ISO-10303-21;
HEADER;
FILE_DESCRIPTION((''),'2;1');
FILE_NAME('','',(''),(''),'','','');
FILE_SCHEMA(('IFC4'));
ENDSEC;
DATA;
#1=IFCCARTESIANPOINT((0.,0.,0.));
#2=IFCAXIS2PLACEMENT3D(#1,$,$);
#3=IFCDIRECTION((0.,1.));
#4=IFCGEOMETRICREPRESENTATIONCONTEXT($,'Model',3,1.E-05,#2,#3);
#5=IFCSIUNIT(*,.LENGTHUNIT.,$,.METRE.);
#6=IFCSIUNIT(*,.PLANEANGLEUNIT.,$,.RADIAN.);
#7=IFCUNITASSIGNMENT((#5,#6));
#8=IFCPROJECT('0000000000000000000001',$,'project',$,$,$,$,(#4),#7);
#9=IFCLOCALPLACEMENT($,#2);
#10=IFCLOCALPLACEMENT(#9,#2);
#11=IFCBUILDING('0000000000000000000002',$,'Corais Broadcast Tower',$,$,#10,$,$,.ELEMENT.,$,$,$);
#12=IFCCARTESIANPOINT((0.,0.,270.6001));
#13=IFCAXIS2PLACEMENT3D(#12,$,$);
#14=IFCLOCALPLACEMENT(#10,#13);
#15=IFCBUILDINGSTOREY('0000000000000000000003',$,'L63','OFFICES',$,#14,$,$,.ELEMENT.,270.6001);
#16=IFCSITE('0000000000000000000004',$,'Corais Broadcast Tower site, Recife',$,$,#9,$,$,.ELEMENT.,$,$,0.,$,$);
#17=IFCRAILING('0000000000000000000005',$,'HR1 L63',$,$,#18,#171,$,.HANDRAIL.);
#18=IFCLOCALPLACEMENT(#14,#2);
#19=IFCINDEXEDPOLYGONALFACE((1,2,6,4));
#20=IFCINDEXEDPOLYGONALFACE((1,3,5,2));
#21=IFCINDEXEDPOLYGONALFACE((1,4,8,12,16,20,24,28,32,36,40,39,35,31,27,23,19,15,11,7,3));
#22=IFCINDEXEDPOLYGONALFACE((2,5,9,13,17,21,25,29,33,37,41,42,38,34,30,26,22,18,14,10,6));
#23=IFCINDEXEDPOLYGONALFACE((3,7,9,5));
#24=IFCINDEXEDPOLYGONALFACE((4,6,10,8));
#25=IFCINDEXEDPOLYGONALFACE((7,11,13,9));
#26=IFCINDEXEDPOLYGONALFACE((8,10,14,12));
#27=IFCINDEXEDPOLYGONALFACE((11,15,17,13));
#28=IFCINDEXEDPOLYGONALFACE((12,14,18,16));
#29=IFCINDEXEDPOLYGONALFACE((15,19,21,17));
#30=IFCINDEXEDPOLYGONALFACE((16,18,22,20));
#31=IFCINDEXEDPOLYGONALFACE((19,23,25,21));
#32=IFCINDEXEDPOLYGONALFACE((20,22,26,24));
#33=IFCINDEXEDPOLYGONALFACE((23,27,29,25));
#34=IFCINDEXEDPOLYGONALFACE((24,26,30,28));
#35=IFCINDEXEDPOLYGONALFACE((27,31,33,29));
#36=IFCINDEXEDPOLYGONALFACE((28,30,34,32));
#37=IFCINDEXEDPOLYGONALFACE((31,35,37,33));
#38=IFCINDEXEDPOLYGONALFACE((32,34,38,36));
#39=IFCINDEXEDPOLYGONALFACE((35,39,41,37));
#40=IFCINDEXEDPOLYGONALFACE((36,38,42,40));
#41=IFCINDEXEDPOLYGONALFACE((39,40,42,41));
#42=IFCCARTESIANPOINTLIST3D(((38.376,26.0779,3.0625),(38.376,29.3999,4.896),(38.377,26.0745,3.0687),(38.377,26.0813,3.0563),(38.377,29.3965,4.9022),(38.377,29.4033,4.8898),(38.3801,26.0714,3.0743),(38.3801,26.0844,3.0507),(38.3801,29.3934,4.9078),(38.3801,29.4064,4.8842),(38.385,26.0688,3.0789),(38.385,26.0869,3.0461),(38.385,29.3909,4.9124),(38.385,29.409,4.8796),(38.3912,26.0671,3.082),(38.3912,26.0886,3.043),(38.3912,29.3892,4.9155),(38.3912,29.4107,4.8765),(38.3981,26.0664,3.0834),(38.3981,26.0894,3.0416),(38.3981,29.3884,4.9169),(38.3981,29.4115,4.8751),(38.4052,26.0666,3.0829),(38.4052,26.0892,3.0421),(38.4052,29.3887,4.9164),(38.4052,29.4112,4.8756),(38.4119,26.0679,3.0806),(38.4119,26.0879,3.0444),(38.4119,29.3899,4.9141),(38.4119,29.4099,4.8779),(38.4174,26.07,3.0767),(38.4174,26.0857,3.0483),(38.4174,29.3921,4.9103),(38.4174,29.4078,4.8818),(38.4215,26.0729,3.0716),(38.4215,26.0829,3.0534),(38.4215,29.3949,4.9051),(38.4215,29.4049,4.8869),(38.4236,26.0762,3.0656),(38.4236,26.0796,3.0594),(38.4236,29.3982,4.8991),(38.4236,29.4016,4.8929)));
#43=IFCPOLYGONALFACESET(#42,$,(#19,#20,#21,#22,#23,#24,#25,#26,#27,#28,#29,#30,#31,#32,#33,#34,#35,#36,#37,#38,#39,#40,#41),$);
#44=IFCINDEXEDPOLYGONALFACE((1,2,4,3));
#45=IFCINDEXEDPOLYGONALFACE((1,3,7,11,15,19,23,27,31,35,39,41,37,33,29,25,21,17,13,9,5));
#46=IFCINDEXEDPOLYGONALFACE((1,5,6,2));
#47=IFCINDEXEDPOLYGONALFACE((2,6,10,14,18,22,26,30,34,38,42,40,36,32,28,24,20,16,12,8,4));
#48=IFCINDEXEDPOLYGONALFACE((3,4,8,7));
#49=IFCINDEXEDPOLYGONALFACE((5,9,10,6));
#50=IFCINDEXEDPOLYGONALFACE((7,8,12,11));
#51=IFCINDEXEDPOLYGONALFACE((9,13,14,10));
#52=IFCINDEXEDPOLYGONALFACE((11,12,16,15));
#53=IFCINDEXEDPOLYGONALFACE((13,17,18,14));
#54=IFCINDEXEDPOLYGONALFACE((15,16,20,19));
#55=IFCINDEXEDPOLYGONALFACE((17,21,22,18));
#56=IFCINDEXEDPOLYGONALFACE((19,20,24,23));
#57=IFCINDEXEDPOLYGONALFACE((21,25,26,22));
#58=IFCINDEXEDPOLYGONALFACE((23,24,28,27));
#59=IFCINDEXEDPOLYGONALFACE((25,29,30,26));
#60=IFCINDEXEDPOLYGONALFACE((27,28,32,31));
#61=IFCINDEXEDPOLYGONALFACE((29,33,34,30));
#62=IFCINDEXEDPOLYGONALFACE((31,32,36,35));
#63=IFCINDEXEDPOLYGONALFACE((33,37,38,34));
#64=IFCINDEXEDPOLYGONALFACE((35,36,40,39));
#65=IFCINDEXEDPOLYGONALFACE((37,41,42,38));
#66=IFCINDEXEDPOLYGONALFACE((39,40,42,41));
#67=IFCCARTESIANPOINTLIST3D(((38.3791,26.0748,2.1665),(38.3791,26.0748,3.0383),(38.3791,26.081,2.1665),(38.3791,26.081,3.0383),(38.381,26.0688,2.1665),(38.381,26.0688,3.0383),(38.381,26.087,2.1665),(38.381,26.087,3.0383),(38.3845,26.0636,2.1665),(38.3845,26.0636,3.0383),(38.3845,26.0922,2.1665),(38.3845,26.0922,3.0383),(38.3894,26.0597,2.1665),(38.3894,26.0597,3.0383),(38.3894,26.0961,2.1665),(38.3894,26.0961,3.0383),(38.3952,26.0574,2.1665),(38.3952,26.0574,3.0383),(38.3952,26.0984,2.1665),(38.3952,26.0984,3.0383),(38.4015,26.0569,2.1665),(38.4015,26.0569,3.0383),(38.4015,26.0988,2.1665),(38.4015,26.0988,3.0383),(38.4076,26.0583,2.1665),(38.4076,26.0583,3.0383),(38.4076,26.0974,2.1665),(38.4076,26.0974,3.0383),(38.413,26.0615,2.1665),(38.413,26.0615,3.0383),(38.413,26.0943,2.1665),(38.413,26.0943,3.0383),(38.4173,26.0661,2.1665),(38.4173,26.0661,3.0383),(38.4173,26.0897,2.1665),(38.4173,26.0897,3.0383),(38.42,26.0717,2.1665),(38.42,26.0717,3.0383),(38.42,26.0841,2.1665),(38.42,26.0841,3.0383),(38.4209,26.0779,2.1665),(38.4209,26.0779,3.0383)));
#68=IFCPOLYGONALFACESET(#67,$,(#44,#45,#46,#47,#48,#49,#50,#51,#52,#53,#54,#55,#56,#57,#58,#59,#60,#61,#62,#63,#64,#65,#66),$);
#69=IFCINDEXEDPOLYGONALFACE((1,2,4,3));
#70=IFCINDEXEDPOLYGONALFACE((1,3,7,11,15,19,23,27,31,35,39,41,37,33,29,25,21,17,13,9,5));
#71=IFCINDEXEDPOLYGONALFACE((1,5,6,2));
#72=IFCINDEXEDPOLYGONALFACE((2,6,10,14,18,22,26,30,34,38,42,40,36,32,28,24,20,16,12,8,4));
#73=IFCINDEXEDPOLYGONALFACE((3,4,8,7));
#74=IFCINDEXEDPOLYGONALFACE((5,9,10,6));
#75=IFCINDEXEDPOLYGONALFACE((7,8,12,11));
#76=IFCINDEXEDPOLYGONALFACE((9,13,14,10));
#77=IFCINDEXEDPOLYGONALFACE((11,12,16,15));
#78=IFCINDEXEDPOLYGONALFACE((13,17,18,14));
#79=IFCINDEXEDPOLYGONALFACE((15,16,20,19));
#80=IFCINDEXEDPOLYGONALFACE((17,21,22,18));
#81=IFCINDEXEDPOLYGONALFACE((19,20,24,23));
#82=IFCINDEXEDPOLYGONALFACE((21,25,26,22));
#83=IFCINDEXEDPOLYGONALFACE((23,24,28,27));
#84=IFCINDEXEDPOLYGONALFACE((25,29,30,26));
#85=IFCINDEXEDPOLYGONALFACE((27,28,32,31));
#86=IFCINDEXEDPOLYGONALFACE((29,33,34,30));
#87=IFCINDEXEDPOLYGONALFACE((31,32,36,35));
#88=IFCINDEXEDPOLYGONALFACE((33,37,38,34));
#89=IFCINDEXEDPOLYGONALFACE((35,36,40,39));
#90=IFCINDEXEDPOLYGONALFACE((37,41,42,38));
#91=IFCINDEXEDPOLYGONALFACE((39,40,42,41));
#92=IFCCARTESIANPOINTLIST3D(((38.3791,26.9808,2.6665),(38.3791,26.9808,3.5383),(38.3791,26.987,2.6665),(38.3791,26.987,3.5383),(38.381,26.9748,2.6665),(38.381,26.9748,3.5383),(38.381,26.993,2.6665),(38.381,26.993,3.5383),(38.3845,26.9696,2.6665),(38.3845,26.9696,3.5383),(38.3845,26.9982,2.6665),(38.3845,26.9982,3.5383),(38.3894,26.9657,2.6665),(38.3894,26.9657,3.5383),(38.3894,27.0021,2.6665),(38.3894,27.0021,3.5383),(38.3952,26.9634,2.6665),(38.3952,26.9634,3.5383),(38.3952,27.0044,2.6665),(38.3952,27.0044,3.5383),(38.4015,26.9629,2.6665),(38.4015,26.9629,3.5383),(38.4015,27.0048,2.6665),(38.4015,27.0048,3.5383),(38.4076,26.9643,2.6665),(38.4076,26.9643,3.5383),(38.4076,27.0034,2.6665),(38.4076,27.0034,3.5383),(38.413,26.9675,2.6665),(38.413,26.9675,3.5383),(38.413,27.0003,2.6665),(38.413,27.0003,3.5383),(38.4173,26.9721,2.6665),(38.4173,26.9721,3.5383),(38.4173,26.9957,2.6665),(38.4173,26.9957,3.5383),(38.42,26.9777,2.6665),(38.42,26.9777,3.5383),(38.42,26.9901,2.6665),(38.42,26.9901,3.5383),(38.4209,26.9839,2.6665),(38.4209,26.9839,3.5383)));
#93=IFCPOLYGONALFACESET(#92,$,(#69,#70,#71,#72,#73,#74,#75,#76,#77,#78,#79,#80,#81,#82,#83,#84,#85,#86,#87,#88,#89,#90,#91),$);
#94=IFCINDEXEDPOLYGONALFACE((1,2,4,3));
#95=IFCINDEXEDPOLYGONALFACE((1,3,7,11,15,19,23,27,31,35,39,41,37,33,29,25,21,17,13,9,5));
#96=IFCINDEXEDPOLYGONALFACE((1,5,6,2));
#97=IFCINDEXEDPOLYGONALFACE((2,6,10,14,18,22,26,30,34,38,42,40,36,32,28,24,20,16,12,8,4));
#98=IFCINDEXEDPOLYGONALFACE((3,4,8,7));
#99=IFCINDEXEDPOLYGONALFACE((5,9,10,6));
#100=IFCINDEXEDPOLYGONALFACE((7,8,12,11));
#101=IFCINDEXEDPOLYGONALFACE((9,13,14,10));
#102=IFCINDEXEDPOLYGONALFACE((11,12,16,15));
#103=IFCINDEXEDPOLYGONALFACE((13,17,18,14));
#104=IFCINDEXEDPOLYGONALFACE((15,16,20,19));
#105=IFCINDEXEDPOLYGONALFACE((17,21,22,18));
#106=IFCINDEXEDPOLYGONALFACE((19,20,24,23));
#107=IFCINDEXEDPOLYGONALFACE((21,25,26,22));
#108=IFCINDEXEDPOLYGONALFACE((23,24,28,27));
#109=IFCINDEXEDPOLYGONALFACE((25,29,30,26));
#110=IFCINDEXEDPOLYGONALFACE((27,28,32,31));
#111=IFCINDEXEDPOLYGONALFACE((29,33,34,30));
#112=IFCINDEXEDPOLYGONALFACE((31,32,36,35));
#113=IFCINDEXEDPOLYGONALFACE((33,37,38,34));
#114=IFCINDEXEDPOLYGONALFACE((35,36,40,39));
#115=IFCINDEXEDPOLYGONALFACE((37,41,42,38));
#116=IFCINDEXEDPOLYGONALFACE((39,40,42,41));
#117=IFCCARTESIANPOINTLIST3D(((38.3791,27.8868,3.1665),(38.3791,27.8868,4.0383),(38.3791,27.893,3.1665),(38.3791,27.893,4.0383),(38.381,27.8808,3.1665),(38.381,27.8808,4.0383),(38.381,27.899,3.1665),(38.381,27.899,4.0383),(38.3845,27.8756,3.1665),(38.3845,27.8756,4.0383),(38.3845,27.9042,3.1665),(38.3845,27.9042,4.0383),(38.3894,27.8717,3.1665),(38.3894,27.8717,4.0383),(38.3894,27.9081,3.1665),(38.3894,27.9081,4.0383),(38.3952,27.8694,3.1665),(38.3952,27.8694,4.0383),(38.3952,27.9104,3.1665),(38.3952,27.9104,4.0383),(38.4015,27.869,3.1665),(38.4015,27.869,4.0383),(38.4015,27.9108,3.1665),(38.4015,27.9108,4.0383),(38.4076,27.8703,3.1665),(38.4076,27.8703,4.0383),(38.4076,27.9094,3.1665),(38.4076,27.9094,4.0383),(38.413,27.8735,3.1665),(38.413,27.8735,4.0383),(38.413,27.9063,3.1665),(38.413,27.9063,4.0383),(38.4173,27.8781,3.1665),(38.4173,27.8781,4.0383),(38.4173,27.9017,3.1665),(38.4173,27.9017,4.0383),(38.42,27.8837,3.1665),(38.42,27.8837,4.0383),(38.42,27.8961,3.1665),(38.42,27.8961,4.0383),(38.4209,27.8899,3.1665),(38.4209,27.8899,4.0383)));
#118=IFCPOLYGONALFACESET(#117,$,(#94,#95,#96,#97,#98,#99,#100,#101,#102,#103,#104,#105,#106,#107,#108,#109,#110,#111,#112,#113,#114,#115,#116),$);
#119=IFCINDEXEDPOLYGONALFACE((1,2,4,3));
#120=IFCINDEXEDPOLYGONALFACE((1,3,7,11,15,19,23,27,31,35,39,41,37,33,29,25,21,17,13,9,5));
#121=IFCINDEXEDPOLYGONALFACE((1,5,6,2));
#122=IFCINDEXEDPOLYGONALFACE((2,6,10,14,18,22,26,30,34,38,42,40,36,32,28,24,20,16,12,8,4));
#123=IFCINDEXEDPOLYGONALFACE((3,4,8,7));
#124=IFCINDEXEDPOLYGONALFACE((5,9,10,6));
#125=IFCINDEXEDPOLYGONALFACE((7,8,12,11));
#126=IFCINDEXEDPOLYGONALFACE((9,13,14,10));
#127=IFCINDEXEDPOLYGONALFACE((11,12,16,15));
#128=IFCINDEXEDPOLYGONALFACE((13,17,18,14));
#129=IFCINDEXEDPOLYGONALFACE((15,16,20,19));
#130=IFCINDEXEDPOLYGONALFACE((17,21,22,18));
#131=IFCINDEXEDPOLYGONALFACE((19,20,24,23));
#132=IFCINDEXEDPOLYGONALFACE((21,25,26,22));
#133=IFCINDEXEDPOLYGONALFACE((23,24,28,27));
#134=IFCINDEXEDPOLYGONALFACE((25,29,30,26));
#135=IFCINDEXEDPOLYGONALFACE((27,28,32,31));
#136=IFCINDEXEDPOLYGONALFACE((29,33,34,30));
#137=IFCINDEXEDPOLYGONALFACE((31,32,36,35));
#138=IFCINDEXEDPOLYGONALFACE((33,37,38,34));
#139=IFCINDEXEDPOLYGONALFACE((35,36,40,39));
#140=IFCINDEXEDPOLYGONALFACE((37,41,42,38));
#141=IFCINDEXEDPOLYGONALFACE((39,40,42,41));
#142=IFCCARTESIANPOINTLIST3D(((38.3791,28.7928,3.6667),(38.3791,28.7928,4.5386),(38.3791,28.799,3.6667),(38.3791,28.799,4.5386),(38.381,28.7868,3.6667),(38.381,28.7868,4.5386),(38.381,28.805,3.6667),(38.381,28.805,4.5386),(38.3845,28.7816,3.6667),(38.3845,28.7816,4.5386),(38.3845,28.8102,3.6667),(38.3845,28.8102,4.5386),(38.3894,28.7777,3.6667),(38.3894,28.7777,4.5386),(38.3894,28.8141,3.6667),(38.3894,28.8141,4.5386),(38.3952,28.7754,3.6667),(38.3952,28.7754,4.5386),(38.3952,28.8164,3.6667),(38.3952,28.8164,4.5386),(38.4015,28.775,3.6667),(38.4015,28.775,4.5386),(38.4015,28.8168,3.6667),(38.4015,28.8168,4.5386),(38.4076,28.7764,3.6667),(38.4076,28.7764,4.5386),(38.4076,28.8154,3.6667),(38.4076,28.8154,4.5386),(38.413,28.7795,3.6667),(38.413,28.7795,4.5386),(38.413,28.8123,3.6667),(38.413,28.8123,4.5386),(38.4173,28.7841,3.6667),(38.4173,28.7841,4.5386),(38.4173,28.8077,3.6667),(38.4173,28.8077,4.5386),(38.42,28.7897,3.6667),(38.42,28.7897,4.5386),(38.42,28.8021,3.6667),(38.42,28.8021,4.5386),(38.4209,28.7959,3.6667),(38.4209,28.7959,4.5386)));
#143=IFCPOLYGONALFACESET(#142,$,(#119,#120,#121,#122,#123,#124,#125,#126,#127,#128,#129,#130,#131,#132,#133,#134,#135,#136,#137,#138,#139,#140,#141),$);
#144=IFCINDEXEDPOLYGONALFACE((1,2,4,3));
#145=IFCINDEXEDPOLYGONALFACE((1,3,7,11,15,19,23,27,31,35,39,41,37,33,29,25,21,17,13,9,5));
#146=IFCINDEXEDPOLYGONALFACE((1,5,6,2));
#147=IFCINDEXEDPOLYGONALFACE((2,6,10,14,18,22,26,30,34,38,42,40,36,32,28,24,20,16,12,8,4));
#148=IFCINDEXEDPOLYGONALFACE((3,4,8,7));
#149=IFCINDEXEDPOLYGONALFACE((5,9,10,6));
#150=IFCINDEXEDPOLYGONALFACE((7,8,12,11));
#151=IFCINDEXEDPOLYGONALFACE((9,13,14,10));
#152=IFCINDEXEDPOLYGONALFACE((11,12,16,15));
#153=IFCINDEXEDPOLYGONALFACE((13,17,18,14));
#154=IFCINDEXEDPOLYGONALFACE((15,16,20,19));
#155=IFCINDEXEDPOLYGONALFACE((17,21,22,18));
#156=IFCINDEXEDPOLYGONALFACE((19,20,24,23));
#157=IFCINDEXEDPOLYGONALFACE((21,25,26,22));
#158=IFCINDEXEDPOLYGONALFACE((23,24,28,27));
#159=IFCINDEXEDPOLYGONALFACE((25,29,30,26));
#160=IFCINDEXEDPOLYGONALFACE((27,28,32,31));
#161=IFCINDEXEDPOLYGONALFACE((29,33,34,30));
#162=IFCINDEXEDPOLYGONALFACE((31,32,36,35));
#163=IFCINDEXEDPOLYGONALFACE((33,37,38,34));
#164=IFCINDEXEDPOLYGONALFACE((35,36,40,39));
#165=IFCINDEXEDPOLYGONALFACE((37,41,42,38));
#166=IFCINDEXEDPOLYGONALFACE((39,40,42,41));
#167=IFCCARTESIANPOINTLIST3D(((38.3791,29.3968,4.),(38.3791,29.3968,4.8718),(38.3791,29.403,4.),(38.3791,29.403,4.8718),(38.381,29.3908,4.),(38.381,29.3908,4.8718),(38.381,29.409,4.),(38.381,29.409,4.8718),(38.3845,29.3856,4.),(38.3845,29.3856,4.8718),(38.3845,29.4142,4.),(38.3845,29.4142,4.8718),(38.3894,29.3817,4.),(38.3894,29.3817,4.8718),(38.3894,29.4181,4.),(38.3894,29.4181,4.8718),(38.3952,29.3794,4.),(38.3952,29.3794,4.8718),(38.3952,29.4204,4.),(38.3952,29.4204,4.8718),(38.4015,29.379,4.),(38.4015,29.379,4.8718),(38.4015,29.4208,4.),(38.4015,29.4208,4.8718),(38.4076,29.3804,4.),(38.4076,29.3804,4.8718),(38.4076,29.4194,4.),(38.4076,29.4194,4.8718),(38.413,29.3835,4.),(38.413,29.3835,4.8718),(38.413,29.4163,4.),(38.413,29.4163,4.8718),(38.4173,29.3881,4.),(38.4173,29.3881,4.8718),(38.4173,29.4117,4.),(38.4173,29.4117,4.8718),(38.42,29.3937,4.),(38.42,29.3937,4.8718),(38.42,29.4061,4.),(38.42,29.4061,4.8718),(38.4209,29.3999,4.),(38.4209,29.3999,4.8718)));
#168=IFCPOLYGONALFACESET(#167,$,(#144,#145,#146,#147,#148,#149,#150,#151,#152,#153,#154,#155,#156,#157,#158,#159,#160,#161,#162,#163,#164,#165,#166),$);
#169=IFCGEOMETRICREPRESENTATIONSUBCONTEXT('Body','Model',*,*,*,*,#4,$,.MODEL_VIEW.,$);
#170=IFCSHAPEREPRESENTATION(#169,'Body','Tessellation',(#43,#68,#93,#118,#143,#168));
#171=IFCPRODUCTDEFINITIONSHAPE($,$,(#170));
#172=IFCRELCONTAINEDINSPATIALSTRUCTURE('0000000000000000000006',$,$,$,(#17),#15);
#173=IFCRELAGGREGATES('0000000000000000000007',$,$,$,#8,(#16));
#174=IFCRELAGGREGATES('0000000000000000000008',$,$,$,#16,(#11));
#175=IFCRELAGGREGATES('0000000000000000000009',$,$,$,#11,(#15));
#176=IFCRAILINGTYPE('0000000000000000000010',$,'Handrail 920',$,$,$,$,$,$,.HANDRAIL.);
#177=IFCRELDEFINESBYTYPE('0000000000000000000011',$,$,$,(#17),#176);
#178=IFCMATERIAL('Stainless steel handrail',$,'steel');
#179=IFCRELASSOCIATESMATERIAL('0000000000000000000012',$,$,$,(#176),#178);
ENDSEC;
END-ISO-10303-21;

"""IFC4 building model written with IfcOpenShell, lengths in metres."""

from ifc_helpers import new_model, si_unit, direction, frame, origin, origin_2d, place, context, subcontext, project, spatial, circle, extrude, material, type_object, element, save


model = new_model("IFC4")

# Units and contexts
model_context = context("Model", 3, precision=1e-05, world=origin(), true_north=direction((0.0, 1.0)))
body_context = subcontext(model_context, "Body", "Model", "MODEL_VIEW")
ifc_project = project(units=[si_unit("LENGTHUNIT", "METRE"), si_unit("PLANEANGLEUNIT", "RADIAN")], contexts=[model_context])

# Site, building, storey
site_placement = place(None, origin())
site = spatial("IfcSite", under=ifc_project, at=site_placement, Name="Corais Broadcast Tower site, Recife", CompositionType="ELEMENT", RefElevation=0.0)
building_placement = place(site_placement, origin())
building = spatial("IfcBuilding", under=site, at=building_placement, Name="Corais Broadcast Tower", CompositionType="ELEMENT")
storey_placement = place(building_placement, frame((0.0, 0.0, 270.6001)))
storey = spatial("IfcBuildingStorey", under=building, at=storey_placement, Name="L63", Description="OFFICES", CompositionType="ELEMENT", Elevation=270.6001)

# Railing
ifc_material_1 = material(Name="Stainless steel handrail", Category="steel")
railing_type = type_object("IfcRailingType", Name="Handrail 920", PredefinedType="HANDRAIL", material=ifc_material_1)
railing_placement = place(storey_placement, frame((38.3999, 26.0779, 2.1665)))
element("IfcRailing", 1, at=railing_placement, inside=storey, type_object=railing_type, Name="HR1 L63", PredefinedType="HANDRAIL", context=body_context, shape_type="SweptSolid", body=[
    extrude(circle(Radius=0.0239, at=origin_2d()), frame((0.0, 0.0, 0.896), z_axis=(0.0, 0.875504, 0.48321), x_axis=(-1.0, 0.0, 0.0)), (0.0, 0.0, 1.0), 3.7944),
    extrude(circle(Radius=0.021, at=origin_2d()), origin(), (0.0, 0.0, 1.0), 0.8718),
    extrude(circle(Radius=0.021, at=origin_2d()), frame((0.0, 0.906, 0.5)), (0.0, 0.0, 1.0), 0.8718),
    extrude(circle(Radius=0.021, at=origin_2d()), frame((0.0, 1.812, 1.0)), (0.0, 0.0, 1.0), 0.8718),
    extrude(circle(Radius=0.021, at=origin_2d()), frame((0.0, 2.718, 1.5002)), (0.0, 0.0, 1.0), 0.8718),
    extrude(circle(Radius=0.021, at=origin_2d()), frame((0.0, 3.322, 1.8335)), (0.0, 0.0, 1.0), 0.8718),
])

save(model, "model.ifc")
